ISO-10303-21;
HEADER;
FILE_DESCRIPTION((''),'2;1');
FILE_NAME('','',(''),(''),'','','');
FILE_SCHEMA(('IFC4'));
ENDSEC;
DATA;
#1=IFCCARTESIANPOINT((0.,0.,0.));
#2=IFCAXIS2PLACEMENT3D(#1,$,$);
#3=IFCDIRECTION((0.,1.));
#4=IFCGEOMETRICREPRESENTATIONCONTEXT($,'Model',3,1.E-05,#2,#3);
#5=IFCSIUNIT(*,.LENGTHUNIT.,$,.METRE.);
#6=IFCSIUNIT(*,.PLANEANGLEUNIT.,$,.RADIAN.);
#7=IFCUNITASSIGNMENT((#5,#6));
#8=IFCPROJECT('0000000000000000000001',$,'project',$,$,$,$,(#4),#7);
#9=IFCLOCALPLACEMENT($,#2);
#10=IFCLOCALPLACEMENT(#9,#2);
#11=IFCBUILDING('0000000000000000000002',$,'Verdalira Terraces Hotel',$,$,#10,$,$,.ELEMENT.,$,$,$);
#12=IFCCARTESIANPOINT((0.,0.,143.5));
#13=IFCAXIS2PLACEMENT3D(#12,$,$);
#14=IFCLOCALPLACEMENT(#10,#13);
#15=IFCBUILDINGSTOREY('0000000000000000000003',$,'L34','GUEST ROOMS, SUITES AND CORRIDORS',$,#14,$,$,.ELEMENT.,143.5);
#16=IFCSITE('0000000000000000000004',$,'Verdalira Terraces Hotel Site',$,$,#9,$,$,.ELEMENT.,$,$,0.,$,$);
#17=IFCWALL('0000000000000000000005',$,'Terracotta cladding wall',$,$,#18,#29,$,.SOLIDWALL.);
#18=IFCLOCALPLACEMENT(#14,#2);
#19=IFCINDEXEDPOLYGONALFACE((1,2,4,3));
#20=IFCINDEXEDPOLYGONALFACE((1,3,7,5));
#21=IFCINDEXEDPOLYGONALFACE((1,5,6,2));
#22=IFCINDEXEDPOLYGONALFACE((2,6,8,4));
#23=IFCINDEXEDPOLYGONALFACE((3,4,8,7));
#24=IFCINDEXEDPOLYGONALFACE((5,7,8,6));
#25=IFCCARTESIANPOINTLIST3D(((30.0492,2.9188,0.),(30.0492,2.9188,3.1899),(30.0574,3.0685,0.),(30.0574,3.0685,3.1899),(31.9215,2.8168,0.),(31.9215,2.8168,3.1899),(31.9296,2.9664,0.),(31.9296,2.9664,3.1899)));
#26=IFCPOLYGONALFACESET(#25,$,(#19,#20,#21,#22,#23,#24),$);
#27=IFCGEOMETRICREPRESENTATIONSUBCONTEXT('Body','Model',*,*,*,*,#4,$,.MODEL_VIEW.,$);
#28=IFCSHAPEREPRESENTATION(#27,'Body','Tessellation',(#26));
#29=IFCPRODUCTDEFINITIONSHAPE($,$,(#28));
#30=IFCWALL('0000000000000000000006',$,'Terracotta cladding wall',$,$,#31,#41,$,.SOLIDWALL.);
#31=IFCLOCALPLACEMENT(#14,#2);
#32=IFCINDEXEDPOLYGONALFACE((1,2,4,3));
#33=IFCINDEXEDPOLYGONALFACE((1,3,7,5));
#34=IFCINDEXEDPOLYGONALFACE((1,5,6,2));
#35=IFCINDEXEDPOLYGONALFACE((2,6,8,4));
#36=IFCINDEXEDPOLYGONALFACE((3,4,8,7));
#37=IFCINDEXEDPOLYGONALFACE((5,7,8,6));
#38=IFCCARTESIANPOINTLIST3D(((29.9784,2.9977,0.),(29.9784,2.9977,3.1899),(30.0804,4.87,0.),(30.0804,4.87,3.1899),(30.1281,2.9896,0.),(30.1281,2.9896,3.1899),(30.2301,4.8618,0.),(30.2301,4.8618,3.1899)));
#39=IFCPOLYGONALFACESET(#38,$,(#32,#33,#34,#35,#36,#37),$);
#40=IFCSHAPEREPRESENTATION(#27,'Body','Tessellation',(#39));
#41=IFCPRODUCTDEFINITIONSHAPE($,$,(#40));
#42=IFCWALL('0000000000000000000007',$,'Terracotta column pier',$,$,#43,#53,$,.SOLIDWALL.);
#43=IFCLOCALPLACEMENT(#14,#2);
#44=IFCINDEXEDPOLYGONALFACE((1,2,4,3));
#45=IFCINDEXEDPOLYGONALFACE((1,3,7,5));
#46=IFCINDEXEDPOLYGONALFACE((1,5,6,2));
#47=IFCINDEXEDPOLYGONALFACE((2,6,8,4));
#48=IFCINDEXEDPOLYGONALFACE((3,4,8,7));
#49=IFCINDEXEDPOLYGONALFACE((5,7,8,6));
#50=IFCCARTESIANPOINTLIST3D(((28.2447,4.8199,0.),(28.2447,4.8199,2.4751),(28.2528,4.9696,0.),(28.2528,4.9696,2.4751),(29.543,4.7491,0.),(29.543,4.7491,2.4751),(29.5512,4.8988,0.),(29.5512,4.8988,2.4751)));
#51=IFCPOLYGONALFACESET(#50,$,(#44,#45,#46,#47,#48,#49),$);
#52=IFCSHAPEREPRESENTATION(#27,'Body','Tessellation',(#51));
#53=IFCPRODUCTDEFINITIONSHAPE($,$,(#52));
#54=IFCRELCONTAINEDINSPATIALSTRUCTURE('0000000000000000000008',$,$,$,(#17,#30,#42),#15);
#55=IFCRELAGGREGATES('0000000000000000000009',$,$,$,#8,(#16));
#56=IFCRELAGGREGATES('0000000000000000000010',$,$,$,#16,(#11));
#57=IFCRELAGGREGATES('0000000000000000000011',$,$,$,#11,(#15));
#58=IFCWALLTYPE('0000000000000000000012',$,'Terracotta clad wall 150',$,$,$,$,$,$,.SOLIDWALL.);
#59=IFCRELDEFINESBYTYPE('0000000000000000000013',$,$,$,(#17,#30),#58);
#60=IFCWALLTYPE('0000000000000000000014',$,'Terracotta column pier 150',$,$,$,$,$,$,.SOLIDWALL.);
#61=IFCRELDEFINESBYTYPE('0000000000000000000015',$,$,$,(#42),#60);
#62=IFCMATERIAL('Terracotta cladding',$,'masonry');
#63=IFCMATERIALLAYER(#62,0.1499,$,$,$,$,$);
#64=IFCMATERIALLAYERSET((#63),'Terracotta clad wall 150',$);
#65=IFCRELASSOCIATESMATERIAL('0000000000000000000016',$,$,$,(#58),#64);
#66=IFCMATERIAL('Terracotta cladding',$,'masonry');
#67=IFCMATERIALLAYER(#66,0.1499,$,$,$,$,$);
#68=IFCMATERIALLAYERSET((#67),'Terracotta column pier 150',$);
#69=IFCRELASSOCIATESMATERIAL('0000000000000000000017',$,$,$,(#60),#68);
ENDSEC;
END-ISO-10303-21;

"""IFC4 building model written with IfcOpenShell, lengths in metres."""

from ifc_helpers import new_model, si_unit, direction, frame, frame_2d, origin, place, context, subcontext, project, spatial, rectangle, extrude, material, layer, layer_set, type_object, element, save


model = new_model("IFC4")

# Units and contexts
model_context = context("Model", 3, precision=1e-05, world=origin(), true_north=direction((0.0, 1.0)))
body_context = subcontext(model_context, "Body", "Model", "MODEL_VIEW")
ifc_project = project(units=[si_unit("LENGTHUNIT", "METRE"), si_unit("PLANEANGLEUNIT", "RADIAN")], contexts=[model_context])

# Site, building, storey
site_placement = place(None, origin())
site = spatial("IfcSite", under=ifc_project, at=site_placement, Name="Verdalira Terraces Hotel Site", CompositionType="ELEMENT", RefElevation=0.0)
building_placement = place(site_placement, origin())
building = spatial("IfcBuilding", under=site, at=building_placement, Name="Verdalira Terraces Hotel", CompositionType="ELEMENT")
storey_placement = place(building_placement, frame((0.0, 0.0, 143.5)))
storey = spatial("IfcBuildingStorey", under=building, at=storey_placement, Name="L34", Description="GUEST ROOMS, SUITES AND CORRIDORS", CompositionType="ELEMENT", Elevation=143.5)

# Walls
ifc_material_1 = material(Name="Terracotta cladding", Category="masonry")
ifc_layer_1 = layer(ifc_material_1, 0.1499)
ifc_layer_set_1 = layer_set([ifc_layer_1], Name="Terracotta clad wall 150")
wall_type_1 = type_object("IfcWallType", Name="Terracotta clad wall 150", PredefinedType="SOLIDWALL", material=ifc_layer_set_1)
for number, where, z_axis, x_axis, name in (
    (1, (31.9255, 2.8916, 0.0), (0.0, 0.0, 1.0), (-0.998518, 0.054424, 0.0), "Terracotta cladding wall"),
    (2, (30.0532, 2.9937, 0.0), (0.0, 0.0, 1.0), (0.054424, 0.998518, 0.0), "Terracotta cladding wall"),
):
    element("IfcWall", number, at=place(storey_placement, frame(where, z_axis=z_axis, x_axis=x_axis)), inside=storey, type_object=wall_type_1, Name=name, PredefinedType="SOLIDWALL", context=body_context, shape_type="SweptSolid", body=[
        extrude(rectangle(XDim=1.875, YDim=0.1499, at=frame_2d((0.9375, 0.0))), origin(), (0.0, 0.0, 1.0), 3.1899),
    ])
ifc_material_2 = material(Name="Terracotta cladding", Category="masonry")
ifc_layer_2 = layer(ifc_material_2, 0.1499)
ifc_layer_set_2 = layer_set([ifc_layer_2], Name="Terracotta column pier 150")
wall_type_2 = type_object("IfcWallType", Name="Terracotta column pier 150", PredefinedType="SOLIDWALL", material=ifc_layer_set_2)
wall_1_placement = place(storey_placement, frame((29.5471, 4.824, 0.0), z_axis=(0.0, 0.0, 1.0), x_axis=(-0.998516, 0.054451, 0.0)))
element("IfcWall", 3, at=wall_1_placement, inside=storey, type_object=wall_type_2, Name="Terracotta column pier", PredefinedType="SOLIDWALL", context=body_context, shape_type="SweptSolid", body=[
    extrude(rectangle(XDim=1.3003, YDim=0.1499, at=frame_2d((0.6501, 0.0))), origin(), (0.0, 0.0, 1.0), 2.4751),
])

save(model, "model.ifc")
